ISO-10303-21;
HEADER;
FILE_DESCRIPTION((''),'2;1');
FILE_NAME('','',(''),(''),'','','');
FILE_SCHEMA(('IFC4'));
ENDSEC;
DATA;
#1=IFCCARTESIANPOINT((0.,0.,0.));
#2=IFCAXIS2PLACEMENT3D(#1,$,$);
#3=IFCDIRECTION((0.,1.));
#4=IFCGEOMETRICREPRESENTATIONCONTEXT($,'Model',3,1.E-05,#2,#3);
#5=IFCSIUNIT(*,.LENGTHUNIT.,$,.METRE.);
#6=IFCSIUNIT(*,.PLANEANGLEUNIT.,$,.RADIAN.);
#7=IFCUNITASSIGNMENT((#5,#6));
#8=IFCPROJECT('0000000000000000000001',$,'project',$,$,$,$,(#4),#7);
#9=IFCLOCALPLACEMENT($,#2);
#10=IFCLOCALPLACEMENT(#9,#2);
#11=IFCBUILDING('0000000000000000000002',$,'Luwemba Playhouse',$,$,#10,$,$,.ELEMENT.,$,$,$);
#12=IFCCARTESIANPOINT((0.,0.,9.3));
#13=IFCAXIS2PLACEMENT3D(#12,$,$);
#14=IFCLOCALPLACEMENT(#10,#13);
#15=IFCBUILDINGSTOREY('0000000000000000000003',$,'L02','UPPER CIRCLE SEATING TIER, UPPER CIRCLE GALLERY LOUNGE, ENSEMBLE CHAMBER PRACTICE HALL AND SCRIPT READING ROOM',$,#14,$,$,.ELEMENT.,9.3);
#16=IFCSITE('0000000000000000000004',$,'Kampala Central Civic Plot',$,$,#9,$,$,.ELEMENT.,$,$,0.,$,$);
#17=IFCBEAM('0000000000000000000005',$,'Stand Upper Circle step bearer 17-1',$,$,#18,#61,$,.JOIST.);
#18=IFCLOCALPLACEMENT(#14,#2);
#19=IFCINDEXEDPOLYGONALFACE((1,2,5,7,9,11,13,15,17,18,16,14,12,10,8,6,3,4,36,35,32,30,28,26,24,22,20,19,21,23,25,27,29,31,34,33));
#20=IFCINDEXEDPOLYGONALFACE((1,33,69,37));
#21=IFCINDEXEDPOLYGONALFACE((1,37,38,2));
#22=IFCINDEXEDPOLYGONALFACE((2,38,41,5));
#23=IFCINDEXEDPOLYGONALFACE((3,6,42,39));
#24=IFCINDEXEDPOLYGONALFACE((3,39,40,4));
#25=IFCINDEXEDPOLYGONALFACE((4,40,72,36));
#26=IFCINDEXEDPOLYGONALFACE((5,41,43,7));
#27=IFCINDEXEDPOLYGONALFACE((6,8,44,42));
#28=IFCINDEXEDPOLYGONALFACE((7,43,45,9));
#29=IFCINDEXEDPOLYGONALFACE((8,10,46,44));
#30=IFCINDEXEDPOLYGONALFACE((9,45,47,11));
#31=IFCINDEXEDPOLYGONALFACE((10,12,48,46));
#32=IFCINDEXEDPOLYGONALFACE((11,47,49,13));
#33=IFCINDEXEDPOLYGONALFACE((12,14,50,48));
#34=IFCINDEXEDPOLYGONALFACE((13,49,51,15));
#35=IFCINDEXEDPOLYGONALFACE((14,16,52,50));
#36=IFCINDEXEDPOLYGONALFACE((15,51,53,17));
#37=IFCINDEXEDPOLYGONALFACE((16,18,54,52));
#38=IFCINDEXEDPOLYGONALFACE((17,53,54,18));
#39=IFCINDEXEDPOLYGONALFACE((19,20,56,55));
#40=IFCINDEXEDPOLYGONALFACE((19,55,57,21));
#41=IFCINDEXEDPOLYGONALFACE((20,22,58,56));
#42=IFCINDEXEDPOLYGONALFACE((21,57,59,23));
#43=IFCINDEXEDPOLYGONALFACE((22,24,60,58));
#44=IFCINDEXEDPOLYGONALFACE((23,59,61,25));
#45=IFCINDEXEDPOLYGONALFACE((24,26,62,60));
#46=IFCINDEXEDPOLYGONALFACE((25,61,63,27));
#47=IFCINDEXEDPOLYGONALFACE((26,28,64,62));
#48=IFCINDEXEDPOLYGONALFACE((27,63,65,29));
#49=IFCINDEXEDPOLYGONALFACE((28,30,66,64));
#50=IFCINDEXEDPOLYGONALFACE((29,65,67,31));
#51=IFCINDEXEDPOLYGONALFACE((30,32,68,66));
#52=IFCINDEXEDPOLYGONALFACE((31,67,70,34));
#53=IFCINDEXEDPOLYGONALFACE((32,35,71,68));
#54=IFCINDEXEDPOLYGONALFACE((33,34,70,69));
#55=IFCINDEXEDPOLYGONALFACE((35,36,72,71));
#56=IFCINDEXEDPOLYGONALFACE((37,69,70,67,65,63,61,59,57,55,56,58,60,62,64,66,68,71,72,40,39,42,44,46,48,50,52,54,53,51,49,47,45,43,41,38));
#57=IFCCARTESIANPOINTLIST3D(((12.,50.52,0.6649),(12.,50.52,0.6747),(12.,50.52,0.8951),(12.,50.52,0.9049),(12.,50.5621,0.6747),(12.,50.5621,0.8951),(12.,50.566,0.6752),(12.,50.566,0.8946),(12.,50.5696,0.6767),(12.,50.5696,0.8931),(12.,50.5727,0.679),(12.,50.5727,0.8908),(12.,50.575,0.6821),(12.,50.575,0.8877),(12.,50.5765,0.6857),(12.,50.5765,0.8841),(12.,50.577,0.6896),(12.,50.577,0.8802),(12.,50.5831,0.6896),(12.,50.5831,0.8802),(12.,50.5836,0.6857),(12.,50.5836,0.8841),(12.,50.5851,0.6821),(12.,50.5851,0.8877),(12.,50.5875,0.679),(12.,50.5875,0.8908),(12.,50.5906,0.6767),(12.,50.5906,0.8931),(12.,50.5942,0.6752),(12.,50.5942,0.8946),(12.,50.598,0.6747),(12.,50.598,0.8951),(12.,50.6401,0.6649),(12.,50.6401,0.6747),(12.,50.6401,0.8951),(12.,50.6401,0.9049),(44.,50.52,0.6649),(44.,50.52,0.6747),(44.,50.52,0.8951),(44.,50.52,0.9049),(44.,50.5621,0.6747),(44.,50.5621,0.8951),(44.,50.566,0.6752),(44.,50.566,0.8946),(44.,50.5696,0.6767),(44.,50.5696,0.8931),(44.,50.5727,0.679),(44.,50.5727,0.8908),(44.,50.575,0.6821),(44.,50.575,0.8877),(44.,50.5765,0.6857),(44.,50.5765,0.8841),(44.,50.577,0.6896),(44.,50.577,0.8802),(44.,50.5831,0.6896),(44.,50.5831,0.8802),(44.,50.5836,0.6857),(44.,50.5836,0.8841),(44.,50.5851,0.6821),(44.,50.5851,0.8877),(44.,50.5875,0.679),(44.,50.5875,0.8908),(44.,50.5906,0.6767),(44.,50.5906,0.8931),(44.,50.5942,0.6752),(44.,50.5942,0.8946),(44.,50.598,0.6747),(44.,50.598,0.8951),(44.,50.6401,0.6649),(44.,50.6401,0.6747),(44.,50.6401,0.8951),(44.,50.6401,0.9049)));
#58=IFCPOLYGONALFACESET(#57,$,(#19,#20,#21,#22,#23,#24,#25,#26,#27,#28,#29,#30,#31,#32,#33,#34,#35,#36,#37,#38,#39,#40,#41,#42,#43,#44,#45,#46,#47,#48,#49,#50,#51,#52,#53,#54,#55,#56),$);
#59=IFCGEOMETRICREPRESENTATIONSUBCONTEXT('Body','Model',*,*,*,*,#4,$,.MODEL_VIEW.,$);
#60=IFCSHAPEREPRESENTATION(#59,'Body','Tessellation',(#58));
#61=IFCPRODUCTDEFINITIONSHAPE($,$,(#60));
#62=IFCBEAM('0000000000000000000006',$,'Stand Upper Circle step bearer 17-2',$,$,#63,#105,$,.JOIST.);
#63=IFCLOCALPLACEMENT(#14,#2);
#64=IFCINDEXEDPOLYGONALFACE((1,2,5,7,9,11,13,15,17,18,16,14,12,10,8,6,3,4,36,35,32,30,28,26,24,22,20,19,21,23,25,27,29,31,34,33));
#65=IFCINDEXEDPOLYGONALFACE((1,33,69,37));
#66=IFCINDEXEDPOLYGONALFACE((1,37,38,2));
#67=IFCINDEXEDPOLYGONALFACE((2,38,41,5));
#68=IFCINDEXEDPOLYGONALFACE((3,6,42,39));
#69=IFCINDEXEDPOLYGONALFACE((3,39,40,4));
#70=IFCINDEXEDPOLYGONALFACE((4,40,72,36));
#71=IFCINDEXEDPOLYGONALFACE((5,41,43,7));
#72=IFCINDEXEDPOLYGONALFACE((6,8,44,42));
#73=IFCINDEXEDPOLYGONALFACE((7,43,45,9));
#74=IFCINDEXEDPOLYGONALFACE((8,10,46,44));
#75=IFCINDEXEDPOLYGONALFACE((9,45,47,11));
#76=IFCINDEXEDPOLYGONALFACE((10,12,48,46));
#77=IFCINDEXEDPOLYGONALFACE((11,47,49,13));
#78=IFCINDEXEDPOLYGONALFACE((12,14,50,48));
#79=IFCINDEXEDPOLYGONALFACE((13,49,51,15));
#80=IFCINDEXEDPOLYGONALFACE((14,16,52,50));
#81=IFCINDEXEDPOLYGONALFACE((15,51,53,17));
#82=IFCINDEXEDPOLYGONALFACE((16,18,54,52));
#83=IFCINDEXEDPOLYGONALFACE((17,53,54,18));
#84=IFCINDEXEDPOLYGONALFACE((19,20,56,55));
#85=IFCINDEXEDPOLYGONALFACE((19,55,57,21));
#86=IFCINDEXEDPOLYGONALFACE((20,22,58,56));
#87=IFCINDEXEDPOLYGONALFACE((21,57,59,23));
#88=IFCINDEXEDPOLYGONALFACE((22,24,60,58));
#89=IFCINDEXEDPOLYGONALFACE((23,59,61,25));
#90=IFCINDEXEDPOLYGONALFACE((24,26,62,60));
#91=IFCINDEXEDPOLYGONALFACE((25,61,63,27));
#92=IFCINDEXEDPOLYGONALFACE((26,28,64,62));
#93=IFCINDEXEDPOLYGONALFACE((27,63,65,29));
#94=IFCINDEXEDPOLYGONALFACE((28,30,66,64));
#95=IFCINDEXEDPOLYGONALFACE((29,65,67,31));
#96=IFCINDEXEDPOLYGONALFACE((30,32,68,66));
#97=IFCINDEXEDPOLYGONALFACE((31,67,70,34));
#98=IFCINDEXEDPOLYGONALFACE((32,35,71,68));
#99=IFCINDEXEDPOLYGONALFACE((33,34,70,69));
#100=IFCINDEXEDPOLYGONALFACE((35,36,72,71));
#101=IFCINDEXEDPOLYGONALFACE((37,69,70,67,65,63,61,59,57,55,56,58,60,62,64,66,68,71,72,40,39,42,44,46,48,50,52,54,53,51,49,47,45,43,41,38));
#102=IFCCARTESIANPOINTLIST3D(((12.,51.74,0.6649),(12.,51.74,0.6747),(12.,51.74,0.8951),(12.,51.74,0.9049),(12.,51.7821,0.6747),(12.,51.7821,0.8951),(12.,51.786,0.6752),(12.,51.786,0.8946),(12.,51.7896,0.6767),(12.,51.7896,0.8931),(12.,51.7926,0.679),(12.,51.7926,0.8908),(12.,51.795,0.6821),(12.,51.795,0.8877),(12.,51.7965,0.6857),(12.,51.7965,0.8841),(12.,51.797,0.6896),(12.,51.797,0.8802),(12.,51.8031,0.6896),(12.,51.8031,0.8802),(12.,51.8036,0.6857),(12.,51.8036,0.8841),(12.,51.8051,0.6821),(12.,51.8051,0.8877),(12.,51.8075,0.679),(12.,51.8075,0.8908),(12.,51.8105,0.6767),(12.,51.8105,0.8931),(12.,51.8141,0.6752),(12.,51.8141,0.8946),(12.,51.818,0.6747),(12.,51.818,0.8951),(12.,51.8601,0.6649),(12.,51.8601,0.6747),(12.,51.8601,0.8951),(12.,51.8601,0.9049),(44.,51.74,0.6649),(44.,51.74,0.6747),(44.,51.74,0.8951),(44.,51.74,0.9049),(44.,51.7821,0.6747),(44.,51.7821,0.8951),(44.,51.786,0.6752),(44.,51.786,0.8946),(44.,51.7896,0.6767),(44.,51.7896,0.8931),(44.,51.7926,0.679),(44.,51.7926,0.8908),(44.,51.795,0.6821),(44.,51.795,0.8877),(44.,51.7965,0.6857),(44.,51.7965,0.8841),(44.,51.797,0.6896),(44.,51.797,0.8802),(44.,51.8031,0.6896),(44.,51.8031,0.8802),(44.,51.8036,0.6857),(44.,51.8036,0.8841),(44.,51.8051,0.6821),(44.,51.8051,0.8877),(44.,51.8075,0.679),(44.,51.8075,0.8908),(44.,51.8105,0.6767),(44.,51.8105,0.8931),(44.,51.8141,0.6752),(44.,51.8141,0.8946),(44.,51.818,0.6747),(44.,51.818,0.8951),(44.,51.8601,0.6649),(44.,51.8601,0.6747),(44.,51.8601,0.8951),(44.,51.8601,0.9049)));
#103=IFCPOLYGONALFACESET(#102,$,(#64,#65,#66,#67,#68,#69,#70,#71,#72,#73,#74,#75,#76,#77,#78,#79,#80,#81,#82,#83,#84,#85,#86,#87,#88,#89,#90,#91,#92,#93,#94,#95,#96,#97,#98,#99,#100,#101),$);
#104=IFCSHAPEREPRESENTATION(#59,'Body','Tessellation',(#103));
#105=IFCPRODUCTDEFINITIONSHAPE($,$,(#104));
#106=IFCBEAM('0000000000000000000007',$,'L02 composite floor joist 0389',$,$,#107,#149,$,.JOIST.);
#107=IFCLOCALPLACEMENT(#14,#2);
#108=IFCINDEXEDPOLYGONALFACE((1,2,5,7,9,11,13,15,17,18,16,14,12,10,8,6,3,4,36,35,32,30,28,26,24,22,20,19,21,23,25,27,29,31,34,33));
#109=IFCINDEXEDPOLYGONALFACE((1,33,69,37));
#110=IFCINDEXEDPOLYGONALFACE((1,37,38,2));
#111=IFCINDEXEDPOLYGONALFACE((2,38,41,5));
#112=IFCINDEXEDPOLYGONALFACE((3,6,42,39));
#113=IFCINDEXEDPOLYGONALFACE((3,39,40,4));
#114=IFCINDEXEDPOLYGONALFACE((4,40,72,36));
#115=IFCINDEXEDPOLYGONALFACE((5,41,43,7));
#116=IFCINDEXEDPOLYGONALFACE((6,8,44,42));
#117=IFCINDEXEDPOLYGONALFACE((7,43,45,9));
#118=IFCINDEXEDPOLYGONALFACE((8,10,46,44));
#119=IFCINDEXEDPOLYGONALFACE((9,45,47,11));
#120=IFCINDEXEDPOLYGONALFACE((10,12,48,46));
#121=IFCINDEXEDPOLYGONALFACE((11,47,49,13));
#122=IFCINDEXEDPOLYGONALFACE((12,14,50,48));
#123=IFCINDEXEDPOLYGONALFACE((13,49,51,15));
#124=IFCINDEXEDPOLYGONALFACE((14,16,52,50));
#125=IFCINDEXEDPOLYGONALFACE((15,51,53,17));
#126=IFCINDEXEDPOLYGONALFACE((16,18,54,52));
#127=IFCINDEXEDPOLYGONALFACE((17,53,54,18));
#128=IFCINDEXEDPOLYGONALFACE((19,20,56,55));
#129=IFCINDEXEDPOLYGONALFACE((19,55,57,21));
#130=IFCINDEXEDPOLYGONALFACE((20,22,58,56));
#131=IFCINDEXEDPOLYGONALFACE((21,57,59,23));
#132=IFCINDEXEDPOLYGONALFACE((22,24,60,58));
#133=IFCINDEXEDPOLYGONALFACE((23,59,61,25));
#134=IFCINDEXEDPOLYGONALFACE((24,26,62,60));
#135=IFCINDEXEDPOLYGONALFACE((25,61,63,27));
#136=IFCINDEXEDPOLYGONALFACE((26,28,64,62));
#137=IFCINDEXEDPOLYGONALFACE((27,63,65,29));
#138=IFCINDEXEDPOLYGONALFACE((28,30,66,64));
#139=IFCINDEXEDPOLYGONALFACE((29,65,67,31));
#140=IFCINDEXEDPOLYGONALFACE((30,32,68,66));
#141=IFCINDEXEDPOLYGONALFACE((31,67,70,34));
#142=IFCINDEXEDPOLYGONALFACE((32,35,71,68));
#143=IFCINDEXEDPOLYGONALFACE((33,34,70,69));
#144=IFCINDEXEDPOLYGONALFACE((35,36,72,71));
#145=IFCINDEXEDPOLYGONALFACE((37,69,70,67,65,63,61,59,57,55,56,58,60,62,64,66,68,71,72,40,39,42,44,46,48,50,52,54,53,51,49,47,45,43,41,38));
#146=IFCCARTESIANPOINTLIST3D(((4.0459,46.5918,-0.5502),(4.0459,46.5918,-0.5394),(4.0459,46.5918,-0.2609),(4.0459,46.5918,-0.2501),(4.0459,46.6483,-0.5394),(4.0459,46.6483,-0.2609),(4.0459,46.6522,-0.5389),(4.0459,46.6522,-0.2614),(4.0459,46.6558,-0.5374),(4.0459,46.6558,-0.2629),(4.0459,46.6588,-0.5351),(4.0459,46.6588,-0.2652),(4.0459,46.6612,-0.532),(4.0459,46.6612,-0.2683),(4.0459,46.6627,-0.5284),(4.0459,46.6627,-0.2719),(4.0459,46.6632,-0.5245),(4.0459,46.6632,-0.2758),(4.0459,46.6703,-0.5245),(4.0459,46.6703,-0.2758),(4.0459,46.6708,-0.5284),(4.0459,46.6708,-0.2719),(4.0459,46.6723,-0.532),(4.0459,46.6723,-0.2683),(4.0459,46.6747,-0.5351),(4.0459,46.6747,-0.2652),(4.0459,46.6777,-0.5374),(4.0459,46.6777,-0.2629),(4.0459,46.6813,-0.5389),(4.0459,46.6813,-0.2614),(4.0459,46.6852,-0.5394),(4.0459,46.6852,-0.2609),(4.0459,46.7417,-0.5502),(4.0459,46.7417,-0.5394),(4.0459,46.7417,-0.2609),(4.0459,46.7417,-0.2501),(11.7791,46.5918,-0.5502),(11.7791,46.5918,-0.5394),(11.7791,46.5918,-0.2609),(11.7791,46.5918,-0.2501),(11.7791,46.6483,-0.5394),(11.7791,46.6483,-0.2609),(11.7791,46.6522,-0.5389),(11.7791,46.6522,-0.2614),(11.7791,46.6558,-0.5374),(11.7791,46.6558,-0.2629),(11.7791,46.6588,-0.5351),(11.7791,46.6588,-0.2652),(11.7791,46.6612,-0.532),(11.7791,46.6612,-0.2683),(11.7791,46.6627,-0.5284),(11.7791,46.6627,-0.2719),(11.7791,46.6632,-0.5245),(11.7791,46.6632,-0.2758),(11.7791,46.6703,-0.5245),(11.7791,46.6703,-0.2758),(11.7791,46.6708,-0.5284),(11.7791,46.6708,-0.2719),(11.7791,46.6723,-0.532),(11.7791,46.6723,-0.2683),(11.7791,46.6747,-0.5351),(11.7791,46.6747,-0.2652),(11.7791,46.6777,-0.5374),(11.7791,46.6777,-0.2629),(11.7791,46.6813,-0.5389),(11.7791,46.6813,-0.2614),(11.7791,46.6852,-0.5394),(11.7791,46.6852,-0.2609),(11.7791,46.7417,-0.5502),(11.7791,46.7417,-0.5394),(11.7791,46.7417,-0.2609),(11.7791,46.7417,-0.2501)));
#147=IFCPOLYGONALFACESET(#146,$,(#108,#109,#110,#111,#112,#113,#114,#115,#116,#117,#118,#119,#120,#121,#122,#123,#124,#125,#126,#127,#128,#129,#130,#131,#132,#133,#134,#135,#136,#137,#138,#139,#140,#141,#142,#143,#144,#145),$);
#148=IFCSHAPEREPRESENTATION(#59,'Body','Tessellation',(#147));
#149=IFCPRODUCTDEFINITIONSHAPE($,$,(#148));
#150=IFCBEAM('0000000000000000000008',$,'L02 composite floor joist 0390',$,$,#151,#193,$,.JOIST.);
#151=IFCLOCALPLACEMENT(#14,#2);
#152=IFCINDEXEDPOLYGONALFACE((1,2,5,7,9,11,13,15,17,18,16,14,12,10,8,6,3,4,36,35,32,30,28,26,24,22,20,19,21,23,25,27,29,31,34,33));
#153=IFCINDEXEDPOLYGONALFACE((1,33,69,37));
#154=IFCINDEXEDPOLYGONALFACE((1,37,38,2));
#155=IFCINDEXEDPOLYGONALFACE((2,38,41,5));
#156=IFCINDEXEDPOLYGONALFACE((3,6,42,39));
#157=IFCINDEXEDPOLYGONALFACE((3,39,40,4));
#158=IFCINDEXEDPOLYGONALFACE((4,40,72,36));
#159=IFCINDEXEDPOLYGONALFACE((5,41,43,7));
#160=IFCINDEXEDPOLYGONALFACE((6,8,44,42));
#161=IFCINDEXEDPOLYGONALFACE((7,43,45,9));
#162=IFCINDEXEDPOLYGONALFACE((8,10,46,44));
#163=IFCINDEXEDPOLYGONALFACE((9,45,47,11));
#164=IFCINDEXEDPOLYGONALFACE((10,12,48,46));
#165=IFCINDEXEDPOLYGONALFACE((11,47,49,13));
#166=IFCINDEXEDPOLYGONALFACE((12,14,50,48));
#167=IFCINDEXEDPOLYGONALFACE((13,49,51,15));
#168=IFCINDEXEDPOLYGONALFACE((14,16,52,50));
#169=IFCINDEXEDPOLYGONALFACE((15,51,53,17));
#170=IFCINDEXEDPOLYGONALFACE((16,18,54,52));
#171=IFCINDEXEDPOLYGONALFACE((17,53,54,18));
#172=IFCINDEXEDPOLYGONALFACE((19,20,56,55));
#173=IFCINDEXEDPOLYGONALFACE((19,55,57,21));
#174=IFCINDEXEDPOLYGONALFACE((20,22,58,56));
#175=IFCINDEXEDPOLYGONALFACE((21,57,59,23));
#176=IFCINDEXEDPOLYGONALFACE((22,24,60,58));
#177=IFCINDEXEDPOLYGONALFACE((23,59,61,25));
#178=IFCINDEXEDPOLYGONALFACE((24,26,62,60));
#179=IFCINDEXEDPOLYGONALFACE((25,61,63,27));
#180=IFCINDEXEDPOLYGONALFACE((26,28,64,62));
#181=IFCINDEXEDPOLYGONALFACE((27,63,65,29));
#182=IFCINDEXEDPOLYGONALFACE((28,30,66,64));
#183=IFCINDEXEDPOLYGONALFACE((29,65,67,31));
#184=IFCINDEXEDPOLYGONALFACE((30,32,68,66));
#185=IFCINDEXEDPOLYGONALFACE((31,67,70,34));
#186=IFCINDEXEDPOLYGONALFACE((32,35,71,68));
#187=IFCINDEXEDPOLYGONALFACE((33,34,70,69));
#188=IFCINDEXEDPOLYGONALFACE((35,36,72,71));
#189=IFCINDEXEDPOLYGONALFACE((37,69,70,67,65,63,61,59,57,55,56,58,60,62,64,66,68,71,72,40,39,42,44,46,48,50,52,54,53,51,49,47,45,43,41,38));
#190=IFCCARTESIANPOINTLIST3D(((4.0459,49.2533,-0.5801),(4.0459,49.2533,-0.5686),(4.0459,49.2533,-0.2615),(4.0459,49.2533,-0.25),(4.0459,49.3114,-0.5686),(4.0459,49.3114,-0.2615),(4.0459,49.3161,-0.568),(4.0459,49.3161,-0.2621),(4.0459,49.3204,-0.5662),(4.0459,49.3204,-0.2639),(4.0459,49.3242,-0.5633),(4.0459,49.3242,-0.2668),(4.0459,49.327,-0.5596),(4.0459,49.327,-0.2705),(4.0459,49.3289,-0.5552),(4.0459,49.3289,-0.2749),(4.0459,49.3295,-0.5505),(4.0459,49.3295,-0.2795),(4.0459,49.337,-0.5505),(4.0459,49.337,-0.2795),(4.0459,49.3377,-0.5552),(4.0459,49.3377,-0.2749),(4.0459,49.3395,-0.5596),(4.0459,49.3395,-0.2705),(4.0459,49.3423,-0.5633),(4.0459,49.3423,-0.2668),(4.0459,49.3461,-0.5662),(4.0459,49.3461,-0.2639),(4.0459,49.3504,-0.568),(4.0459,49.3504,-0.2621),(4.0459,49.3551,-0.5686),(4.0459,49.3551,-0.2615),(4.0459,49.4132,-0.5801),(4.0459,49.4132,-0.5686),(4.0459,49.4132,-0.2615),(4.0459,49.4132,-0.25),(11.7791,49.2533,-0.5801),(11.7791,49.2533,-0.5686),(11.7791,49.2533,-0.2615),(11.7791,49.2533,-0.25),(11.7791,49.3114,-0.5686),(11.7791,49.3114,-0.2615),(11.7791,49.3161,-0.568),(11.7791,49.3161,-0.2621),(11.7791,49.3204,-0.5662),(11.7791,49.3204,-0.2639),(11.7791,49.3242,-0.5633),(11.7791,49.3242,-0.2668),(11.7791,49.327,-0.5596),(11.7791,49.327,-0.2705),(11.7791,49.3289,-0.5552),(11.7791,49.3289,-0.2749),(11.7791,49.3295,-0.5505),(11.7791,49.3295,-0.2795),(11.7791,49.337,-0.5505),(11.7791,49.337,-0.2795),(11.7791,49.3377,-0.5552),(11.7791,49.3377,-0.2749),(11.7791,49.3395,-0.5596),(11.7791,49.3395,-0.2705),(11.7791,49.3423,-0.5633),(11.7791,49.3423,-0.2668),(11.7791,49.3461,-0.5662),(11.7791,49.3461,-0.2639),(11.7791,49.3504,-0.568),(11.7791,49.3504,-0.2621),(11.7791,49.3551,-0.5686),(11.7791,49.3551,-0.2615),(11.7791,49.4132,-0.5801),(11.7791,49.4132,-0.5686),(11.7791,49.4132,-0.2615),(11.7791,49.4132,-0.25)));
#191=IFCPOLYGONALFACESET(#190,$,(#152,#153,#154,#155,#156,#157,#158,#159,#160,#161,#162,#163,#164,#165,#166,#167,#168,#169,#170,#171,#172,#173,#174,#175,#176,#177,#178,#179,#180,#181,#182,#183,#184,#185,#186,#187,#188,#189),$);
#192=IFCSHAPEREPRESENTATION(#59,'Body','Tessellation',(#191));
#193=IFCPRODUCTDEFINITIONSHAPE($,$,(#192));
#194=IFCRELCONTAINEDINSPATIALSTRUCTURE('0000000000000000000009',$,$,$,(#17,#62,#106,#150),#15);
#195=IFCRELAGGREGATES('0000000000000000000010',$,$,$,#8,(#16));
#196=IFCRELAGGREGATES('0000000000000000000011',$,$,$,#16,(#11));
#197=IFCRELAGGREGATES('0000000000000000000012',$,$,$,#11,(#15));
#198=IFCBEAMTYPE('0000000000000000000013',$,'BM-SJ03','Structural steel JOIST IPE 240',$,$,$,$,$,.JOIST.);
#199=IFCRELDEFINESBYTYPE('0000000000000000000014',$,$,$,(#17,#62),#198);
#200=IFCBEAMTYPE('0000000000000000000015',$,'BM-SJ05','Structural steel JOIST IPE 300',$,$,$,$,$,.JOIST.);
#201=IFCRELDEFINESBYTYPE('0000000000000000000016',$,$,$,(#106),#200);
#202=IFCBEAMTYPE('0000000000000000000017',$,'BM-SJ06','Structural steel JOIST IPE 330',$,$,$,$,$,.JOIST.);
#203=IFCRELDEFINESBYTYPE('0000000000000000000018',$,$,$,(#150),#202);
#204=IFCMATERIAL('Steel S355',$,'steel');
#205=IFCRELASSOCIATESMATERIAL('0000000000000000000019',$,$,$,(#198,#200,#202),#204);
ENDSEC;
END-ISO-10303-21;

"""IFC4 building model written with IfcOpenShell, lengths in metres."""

from ifc_helpers import new_model, si_unit, direction, frame, origin, origin_2d, place, context, subcontext, project, spatial, i_section, extrude, material, material_profile, profile_set, type_object, element, save


model = new_model("IFC4")

# Units and contexts
model_context = context("Model", 3, precision=1e-05, world=origin(), true_north=direction((0.0, 1.0)))
body_context = subcontext(model_context, "Body", "Model", "MODEL_VIEW")
ifc_project = project(units=[si_unit("LENGTHUNIT", "METRE"), si_unit("PLANEANGLEUNIT", "RADIAN")], contexts=[model_context])

# Site, building, storey
site_placement = place(None, origin())
site = spatial("IfcSite", under=ifc_project, at=site_placement, Name="Kampala Central Civic Plot", CompositionType="ELEMENT", RefElevation=0.0)
building_placement = place(site_placement, origin())
building = spatial("IfcBuilding", under=site, at=building_placement, Name="Luwemba Playhouse", CompositionType="ELEMENT")
storey_placement = place(building_placement, frame((0.0, 0.0, 9.3)))
storey = spatial("IfcBuildingStorey", under=building, at=storey_placement, Name="L02", Description="UPPER CIRCLE SEATING TIER, UPPER CIRCLE GALLERY LOUNGE, ENSEMBLE CHAMBER PRACTICE HALL AND SCRIPT READING ROOM", CompositionType="ELEMENT", Elevation=9.3)

# Shared definitions
ifc_material_1 = material(Name="Steel S355", Category="steel")

# Beams
ifc_material_profile_1 = material_profile(ifc_material_1, i_section(OverallWidth=0.1201, OverallDepth=0.24, WebThickness=0.0061, FlangeThickness=0.0098, FilletRadius=0.0149, at=origin_2d()))
ifc_profile_set_1 = profile_set([ifc_material_profile_1], Name="Steel S355")
beam_type_1 = type_object("IfcBeamType", Name="BM-SJ03", Description="Structural steel JOIST IPE 240", PredefinedType="JOIST", material=ifc_profile_set_1)
for number, where, z_axis, x_axis, name in (
    (1, (12.0, 50.5801, 0.7849), (1.0, 0.0, 0.0), (0.0, 1.0, 0.0), "Stand Upper Circle step bearer 17-1"),
    (2, (12.0, 51.8, 0.7849), (1.0, 0.0, 0.0), (0.0, 1.0, 0.0), "Stand Upper Circle step bearer 17-2"),
):
    element("IfcBeam", number, at=place(storey_placement, frame(where, z_axis=z_axis, x_axis=x_axis)), inside=storey, type_object=beam_type_1, Name=name, PredefinedType="JOIST", context=body_context, shape_type="SweptSolid", body=[
        extrude(i_section(OverallWidth=0.1201, OverallDepth=0.24, WebThickness=0.0061, FlangeThickness=0.0098, FilletRadius=0.0149, at=origin_2d()), origin(), (0.0, 0.0, 1.0), 32.0),
    ])
ifc_material_profile_2 = material_profile(ifc_material_1, i_section(OverallWidth=0.1499, OverallDepth=0.3, WebThickness=0.0071, FlangeThickness=0.0107, FilletRadius=0.0149, at=origin_2d()))
ifc_profile_set_2 = profile_set([ifc_material_profile_2], Name="Steel S355")
beam_type_2 = type_object("IfcBeamType", Name="BM-SJ05", Description="Structural steel JOIST IPE 300", PredefinedType="JOIST", material=ifc_profile_set_2)
beam_1_placement = place(storey_placement, frame((4.0459, 46.6667, -0.4001), z_axis=(1.0, 0.0, 0.0), x_axis=(0.0, 1.0, 0.0)))
element("IfcBeam", 3, at=beam_1_placement, inside=storey, type_object=beam_type_2, Name="L02 composite floor joist 0389", PredefinedType="JOIST", context=body_context, shape_type="SweptSolid", body=[
    extrude(i_section(OverallWidth=0.1499, OverallDepth=0.3, WebThickness=0.0071, FlangeThickness=0.0107, FilletRadius=0.0149, at=origin_2d()), origin(), (0.0, 0.0, 1.0), 7.7332),
])
ifc_material_profile_3 = material_profile(ifc_material_1, i_section(OverallWidth=0.1599, OverallDepth=0.3301, WebThickness=0.0076, FlangeThickness=0.0115, FilletRadius=0.0181, at=origin_2d()))
ifc_profile_set_3 = profile_set([ifc_material_profile_3], Name="Steel S355")
beam_type_3 = type_object("IfcBeamType", Name="BM-SJ06", Description="Structural steel JOIST IPE 330", PredefinedType="JOIST", material=ifc_profile_set_3)
beam_2_placement = place(storey_placement, frame((4.0459, 49.3333, -0.415), z_axis=(1.0, 0.0, 0.0), x_axis=(0.0, 1.0, 0.0)))
element("IfcBeam", 4, at=beam_2_placement, inside=storey, type_object=beam_type_3, Name="L02 composite floor joist 0390", PredefinedType="JOIST", context=body_context, shape_type="SweptSolid", body=[
    extrude(i_section(OverallWidth=0.1599, OverallDepth=0.3301, WebThickness=0.0076, FlangeThickness=0.0115, FilletRadius=0.0181, at=origin_2d()), origin(), (0.0, 0.0, 1.0), 7.7332),
])

save(model, "model.ifc")
